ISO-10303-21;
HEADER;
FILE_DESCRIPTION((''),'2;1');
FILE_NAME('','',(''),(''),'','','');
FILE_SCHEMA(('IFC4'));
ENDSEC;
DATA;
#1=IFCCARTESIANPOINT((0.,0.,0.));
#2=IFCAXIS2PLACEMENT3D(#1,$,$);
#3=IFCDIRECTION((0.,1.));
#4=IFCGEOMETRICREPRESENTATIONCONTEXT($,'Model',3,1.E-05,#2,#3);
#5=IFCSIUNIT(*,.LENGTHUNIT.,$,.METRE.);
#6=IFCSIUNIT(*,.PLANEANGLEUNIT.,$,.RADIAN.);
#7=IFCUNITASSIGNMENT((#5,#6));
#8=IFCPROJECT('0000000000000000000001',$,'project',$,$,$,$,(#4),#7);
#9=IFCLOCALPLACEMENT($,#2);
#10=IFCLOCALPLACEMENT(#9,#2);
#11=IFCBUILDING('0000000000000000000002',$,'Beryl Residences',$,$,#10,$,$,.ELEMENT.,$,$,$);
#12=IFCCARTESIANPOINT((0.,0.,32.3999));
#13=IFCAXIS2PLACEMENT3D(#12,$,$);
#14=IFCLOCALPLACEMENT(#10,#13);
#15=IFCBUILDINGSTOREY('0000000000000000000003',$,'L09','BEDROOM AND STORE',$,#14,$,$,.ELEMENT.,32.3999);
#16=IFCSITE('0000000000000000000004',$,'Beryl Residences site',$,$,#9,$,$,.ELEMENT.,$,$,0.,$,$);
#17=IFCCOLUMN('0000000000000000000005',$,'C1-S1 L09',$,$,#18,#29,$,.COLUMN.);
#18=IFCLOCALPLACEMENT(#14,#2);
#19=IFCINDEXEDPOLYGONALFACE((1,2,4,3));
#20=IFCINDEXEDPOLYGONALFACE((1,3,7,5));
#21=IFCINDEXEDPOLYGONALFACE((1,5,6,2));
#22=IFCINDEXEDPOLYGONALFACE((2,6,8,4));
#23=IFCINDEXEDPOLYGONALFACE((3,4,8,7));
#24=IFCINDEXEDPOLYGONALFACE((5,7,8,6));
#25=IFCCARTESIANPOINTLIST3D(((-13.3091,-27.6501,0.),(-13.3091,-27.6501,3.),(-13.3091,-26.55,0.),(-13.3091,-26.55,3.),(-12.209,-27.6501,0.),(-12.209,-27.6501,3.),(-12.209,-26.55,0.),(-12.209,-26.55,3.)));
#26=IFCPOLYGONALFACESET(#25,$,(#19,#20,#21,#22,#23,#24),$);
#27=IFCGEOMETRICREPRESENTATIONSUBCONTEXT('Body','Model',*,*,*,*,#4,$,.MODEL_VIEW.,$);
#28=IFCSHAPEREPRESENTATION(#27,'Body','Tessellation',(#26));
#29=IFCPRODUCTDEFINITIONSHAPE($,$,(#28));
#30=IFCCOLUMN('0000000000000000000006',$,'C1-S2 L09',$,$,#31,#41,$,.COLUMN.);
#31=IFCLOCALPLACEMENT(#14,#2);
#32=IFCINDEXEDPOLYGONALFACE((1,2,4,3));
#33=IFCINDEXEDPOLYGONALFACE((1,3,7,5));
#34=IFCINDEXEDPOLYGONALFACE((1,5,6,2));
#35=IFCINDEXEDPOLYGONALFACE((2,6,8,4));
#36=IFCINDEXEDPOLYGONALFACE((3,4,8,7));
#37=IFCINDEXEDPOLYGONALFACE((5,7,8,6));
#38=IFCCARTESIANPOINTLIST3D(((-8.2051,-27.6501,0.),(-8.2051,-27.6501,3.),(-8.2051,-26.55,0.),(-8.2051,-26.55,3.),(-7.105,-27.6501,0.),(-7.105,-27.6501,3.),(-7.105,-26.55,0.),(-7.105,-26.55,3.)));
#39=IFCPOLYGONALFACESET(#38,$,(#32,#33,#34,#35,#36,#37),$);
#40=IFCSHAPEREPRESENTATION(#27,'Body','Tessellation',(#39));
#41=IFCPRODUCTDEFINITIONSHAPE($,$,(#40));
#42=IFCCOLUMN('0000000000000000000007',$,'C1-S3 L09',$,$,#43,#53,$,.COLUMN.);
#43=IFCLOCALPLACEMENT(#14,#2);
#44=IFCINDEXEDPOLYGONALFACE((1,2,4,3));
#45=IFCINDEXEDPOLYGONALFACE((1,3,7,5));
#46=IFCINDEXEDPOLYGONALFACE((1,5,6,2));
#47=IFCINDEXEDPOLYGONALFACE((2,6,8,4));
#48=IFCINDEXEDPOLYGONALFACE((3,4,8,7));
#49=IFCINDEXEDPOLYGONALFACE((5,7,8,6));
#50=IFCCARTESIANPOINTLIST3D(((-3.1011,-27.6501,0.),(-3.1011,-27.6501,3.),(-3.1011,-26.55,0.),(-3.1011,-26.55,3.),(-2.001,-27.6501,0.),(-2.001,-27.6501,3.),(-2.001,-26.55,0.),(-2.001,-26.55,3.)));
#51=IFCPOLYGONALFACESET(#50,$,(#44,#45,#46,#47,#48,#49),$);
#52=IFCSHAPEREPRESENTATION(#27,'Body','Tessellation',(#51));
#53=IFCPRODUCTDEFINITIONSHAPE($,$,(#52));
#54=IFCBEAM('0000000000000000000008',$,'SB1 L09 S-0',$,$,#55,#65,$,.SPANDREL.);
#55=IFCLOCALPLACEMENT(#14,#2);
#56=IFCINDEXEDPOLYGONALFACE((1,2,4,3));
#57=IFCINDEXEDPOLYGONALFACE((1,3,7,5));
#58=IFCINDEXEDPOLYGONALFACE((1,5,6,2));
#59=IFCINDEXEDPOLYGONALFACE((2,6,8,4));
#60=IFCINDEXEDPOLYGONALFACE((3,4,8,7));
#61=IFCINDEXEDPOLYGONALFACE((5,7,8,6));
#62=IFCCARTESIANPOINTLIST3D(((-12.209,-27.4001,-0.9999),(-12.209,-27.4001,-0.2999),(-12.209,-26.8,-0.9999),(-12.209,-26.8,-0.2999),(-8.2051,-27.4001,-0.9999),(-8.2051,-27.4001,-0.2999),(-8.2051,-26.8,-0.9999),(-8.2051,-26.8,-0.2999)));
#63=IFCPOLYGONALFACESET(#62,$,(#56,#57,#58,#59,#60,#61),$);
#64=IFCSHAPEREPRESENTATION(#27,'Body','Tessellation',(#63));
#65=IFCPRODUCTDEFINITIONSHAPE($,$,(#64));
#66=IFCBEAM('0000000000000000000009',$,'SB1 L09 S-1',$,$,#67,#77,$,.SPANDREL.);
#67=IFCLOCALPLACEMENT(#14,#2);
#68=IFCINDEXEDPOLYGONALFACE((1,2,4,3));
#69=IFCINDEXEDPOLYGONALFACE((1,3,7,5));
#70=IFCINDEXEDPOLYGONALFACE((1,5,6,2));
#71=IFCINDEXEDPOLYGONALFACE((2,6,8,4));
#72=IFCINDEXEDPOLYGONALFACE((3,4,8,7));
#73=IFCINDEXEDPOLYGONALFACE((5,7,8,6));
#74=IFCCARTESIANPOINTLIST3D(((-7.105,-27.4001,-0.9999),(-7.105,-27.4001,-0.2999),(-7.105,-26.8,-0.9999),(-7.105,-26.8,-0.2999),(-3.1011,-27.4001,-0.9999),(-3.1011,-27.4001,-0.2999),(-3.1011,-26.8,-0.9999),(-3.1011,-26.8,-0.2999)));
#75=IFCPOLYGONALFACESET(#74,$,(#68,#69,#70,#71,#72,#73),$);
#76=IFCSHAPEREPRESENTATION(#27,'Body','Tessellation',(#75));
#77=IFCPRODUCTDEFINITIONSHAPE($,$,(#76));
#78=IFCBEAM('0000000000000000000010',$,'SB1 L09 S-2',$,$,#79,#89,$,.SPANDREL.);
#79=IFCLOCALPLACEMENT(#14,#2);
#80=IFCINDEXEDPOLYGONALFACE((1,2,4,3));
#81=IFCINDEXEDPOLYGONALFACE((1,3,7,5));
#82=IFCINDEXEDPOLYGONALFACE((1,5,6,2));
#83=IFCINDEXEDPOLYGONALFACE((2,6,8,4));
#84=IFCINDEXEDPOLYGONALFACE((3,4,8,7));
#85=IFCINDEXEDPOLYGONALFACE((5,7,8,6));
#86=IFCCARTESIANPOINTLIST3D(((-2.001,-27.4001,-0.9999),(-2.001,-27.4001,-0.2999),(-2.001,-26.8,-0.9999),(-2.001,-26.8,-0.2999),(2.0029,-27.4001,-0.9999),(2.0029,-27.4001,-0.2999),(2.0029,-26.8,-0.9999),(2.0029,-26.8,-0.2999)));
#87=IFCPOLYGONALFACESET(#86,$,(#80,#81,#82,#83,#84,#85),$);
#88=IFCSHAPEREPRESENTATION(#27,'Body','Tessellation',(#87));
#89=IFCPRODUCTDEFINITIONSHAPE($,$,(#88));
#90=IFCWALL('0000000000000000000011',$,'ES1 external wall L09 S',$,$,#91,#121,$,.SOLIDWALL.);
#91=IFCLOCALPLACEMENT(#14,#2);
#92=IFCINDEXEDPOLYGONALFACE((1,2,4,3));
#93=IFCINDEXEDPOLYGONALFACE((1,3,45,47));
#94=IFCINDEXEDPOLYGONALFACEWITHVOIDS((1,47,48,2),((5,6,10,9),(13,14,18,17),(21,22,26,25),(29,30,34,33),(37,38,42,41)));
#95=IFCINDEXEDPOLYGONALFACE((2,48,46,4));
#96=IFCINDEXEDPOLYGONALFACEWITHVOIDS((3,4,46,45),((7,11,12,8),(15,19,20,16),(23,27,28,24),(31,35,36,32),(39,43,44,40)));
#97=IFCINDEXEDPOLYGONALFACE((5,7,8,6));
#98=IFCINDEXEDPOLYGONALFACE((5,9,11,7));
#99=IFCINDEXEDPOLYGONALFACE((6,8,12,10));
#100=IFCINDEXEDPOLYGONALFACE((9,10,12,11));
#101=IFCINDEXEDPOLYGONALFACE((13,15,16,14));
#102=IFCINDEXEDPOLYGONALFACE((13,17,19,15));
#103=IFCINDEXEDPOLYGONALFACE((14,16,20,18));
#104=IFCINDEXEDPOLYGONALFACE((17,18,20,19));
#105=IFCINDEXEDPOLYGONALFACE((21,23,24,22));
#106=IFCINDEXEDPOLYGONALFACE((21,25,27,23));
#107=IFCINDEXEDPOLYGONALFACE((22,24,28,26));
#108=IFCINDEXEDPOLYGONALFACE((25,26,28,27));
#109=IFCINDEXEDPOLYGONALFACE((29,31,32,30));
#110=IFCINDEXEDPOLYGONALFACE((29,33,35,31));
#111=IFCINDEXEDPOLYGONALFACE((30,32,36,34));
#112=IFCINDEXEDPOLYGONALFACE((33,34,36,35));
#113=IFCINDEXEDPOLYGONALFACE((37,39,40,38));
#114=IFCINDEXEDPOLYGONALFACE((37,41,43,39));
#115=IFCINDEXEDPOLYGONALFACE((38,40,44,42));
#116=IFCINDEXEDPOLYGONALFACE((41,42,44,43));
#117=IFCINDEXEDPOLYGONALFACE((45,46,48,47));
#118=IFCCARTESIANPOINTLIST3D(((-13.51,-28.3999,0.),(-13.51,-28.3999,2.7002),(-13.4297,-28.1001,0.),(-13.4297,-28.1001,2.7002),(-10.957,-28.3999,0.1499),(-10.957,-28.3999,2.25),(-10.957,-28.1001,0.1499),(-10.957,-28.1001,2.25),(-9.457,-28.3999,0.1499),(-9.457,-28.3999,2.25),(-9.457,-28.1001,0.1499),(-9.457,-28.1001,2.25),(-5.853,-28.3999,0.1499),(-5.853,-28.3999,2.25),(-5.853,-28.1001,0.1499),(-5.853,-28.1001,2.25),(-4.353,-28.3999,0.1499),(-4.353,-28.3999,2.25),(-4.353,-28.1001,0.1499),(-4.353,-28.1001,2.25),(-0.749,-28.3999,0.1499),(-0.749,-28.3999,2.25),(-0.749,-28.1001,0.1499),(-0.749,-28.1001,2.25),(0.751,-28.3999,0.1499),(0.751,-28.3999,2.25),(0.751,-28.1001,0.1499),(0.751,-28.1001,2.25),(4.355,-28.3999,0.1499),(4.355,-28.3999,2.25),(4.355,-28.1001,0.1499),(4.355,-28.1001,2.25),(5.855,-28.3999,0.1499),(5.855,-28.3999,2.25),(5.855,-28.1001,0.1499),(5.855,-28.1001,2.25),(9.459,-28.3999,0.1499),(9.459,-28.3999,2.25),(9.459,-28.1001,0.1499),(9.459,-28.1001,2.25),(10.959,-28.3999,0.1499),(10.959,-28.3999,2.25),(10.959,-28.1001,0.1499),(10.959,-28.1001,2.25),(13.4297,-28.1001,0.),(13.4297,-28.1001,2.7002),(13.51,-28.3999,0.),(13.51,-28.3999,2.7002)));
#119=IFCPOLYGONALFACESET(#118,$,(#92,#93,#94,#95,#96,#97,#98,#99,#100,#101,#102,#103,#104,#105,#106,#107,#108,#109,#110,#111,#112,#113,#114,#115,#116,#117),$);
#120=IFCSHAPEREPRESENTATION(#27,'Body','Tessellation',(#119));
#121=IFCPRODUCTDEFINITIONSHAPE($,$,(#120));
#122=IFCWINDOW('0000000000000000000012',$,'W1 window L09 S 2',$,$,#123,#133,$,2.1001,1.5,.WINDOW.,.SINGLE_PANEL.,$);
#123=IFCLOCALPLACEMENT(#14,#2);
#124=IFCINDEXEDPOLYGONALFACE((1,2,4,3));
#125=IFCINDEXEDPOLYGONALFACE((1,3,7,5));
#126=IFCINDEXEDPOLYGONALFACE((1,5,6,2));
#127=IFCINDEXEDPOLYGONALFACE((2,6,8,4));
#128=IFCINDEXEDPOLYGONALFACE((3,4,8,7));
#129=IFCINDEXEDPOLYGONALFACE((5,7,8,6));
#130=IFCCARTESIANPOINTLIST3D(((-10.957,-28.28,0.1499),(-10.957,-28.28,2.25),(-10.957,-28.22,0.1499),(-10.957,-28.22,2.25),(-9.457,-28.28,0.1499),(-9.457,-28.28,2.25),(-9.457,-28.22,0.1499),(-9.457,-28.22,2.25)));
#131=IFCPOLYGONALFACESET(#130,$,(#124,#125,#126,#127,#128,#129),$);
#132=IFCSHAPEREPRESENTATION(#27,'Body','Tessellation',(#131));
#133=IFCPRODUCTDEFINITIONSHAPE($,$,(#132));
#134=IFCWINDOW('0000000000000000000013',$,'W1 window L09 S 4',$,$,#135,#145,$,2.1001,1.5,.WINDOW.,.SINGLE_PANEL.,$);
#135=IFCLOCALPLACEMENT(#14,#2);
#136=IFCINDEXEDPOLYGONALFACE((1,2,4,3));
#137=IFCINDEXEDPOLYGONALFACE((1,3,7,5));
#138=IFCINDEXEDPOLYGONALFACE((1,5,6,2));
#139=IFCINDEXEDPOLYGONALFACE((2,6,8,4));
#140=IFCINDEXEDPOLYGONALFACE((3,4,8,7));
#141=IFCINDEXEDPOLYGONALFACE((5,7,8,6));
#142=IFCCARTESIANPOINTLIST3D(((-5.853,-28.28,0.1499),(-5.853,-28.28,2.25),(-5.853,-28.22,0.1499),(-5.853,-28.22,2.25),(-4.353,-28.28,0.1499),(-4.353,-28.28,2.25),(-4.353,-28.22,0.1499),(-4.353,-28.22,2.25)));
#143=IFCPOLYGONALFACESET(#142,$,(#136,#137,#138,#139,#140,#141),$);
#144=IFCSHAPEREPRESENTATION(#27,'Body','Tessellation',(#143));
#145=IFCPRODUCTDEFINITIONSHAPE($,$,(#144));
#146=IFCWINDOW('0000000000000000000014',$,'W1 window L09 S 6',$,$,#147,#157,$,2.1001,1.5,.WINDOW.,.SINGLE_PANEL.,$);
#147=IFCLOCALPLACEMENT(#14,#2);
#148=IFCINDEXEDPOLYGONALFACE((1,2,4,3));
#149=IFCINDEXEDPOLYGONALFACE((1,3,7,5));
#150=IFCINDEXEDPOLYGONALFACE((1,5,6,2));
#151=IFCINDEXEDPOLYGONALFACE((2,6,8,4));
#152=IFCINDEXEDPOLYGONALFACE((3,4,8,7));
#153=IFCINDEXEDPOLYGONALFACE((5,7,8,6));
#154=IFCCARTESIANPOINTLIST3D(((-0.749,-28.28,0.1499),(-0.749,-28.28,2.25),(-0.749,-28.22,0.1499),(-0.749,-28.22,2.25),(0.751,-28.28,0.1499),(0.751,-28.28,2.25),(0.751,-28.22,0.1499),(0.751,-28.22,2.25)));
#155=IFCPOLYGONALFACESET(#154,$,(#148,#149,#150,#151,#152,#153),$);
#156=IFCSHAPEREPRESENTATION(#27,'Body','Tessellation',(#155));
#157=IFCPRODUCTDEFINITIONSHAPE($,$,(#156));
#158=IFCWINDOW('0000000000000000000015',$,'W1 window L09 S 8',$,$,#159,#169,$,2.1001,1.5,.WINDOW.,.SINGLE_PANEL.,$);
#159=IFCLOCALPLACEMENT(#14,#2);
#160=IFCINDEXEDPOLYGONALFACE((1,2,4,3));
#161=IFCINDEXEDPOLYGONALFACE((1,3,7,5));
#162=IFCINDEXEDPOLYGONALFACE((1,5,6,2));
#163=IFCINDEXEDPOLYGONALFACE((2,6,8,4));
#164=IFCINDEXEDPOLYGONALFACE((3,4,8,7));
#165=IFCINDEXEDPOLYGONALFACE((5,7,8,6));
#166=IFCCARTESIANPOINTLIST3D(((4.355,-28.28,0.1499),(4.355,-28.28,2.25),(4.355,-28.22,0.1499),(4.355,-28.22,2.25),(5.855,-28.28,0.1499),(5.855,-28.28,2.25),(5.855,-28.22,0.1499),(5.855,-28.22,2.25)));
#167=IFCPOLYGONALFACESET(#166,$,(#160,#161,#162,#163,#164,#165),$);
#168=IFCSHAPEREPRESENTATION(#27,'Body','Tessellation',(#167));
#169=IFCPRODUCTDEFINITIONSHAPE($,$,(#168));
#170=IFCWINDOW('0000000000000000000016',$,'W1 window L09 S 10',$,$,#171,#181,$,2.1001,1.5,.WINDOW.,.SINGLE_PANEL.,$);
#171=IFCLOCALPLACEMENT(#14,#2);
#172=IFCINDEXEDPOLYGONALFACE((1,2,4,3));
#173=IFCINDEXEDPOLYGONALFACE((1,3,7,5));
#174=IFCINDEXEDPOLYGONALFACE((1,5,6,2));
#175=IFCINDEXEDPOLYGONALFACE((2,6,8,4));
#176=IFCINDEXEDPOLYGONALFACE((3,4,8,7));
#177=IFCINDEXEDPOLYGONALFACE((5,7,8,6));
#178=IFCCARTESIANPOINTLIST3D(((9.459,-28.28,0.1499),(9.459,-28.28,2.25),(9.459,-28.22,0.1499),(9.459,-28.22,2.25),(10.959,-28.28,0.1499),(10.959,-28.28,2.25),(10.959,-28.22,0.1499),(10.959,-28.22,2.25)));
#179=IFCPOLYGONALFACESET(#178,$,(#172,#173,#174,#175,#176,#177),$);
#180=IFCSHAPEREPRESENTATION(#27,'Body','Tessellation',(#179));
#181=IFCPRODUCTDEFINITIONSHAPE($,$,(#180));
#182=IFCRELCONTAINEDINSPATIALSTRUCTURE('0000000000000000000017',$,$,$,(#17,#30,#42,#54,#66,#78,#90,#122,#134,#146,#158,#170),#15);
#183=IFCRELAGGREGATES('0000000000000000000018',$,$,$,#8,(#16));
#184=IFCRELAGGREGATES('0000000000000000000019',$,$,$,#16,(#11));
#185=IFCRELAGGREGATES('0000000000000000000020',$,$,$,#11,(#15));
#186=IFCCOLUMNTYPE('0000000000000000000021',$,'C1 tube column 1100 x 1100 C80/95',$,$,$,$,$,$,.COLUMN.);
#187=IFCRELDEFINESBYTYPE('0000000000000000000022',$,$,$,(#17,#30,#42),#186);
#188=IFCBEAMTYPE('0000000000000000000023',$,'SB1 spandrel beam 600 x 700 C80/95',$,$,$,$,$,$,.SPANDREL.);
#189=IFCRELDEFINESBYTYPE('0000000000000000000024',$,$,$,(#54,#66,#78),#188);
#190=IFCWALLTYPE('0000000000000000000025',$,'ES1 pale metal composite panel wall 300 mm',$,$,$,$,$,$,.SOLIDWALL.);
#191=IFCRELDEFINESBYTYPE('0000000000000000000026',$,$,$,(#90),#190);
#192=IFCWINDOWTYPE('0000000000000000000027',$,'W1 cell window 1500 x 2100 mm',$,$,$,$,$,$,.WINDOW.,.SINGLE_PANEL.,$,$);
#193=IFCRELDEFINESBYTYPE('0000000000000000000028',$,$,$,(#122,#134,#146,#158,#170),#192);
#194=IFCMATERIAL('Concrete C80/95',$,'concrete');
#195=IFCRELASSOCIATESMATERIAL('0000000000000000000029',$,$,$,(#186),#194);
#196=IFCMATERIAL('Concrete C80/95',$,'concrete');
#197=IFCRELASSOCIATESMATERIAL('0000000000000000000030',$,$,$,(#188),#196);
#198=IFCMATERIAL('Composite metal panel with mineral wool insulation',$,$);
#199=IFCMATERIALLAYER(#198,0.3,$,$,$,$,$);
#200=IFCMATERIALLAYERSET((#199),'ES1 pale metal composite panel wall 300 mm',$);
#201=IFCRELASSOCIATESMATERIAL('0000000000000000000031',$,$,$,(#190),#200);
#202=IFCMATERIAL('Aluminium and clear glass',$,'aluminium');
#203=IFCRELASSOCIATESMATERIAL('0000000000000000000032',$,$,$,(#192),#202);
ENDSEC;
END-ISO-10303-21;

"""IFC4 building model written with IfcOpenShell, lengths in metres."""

from ifc_helpers import new_model, si_unit, direction, frame, frame_2d, origin, origin_2d, place, context, subcontext, project, spatial, polyline, rectangle, outline, extrude, material, layer, layer_set, material_profile, profile_set, type_object, element, fill, save


model = new_model("IFC4")

# Units and contexts
model_context = context("Model", 3, precision=1e-05, world=origin(), true_north=direction((0.0, 1.0)))
body_context = subcontext(model_context, "Body", "Model", "MODEL_VIEW")
ifc_project = project(units=[si_unit("LENGTHUNIT", "METRE"), si_unit("PLANEANGLEUNIT", "RADIAN")], contexts=[model_context])

# Site, building, storey
site_placement = place(None, origin())
site = spatial("IfcSite", under=ifc_project, at=site_placement, Name="Beryl Residences site", CompositionType="ELEMENT", RefElevation=0.0)
building_placement = place(site_placement, origin())
building = spatial("IfcBuilding", under=site, at=building_placement, Name="Beryl Residences", CompositionType="ELEMENT")
storey_placement = place(building_placement, frame((0.0, 0.0, 32.3999)))
storey = spatial("IfcBuildingStorey", under=building, at=storey_placement, Name="L09", Description="BEDROOM AND STORE", CompositionType="ELEMENT", Elevation=32.3999)

# Columns
ifc_material_1 = material(Name="Concrete C80/95", Category="concrete")
ifc_material_profile_1 = material_profile(ifc_material_1, rectangle(XDim=1.1001, YDim=1.1001, at=origin_2d()))
ifc_profile_set_1 = profile_set([ifc_material_profile_1], Name="Concrete C80/95")
column_type = type_object("IfcColumnType", Name="C1 tube column 1100 x 1100 C80/95", PredefinedType="COLUMN", material=ifc_profile_set_1)
for number, where, z_axis, x_axis, name in (
    (1, (-12.759, -27.1001, 0.0), (0.0, 0.0, 1.0), (1.0, 0.0, 0.0), "C1-S1 L09"),
    (2, (-7.655, -27.1001, 0.0), (0.0, 0.0, 1.0), (1.0, 0.0, 0.0), "C1-S2 L09"),
    (3, (-2.551, -27.1001, 0.0), (0.0, 0.0, 1.0), (1.0, 0.0, 0.0), "C1-S3 L09"),
):
    element("IfcColumn", number, at=place(storey_placement, frame(where, z_axis=z_axis, x_axis=x_axis)), inside=storey, type_object=column_type, Name=name, PredefinedType="COLUMN", context=body_context, shape_type="SweptSolid", body=[
        extrude(rectangle(XDim=1.1001, YDim=1.1001, at=origin_2d()), origin(), (0.0, 0.0, 1.0), 3.0),
    ])

# Beams
ifc_material_2 = material(Name="Concrete C80/95", Category="concrete")
ifc_material_profile_2 = material_profile(ifc_material_2, rectangle(XDim=0.6001, YDim=0.7, at=origin_2d()))
ifc_profile_set_2 = profile_set([ifc_material_profile_2], Name="Concrete C80/95")
beam_type = type_object("IfcBeamType", Name="SB1 spandrel beam 600 x 700 C80/95", PredefinedType="SPANDREL", material=ifc_profile_set_2)
for number, where, z_axis, x_axis, name in (
    (4, (-12.209, -27.1001, -0.6499), (1.0, 0.0, 0.0), (0.0, 1.0, 0.0), "SB1 L09 S-0"),
    (5, (-7.105, -27.1001, -0.6499), (1.0, 0.0, 0.0), (0.0, 1.0, 0.0), "SB1 L09 S-1"),
    (6, (-2.001, -27.1001, -0.6499), (1.0, 0.0, 0.0), (0.0, 1.0, 0.0), "SB1 L09 S-2"),
):
    element("IfcBeam", number, at=place(storey_placement, frame(where, z_axis=z_axis, x_axis=x_axis)), inside=storey, type_object=beam_type, Name=name, PredefinedType="SPANDREL", context=body_context, shape_type="SweptSolid", body=[
        extrude(rectangle(XDim=0.6001, YDim=0.7, at=origin_2d()), origin(), (0.0, 0.0, 1.0), 4.0039),
    ])

# Wall, openings, windows
ifc_material_3 = material(Name="Composite metal panel with mineral wool insulation")
ifc_layer_1 = layer(ifc_material_3, 0.3)
ifc_layer_set_1 = layer_set([ifc_layer_1], Name="ES1 pale metal composite panel wall 300 mm")
wall_type_1 = type_object("IfcWallType", Name="ES1 pale metal composite panel wall 300 mm", PredefinedType="SOLIDWALL", material=ifc_layer_set_1)
wall_1_placement = place(storey_placement, frame((-13.51, -28.25, 0.0), z_axis=(0.0, 0.0, 1.0), x_axis=(1.0, 0.0, 0.0)))
wall_1 = element("IfcWall", 7, at=wall_1_placement, inside=storey, type_object=wall_type_1, Name="ES1 external wall L09 S", PredefinedType="SOLIDWALL", context=body_context, shape_type="SweptSolid", body=[
    extrude(outline(polyline([(0.0, -0.1499), (27.02, -0.1499), (26.9397, 0.1499), (0.0803, 0.1499), (0.0, -0.1499)])), origin(), (0.0, 0.0, 1.0), 2.7002),
])
opening_1_placement = place(wall_1_placement, frame((2.553, 0.0, 0.1499)))
opening_1 = element("IfcOpeningElement", 8, at=opening_1_placement, cuts=wall_1, PredefinedType="OPENING", context=body_context, shape_type="SweptSolid", body=[
    extrude(rectangle(XDim=1.5, YDim=2.1001, at=frame_2d((0.75, 1.05))), frame((0.0, 0.1599, 0.0), z_axis=(0.0, -1.0, 0.0), x_axis=(1.0, 0.0, 0.0)), (0.0, 0.0, 1.0), 0.3201),
])
opening_2_placement = place(wall_1_placement, frame((7.657, 0.0, 0.1499)))
opening_2 = element("IfcOpeningElement", 9, at=opening_2_placement, cuts=wall_1, PredefinedType="OPENING", context=body_context, shape_type="SweptSolid", body=[
    extrude(rectangle(XDim=1.5, YDim=2.1001, at=frame_2d((0.75, 1.05))), frame((0.0, 0.1599, 0.0), z_axis=(0.0, -1.0, 0.0), x_axis=(1.0, 0.0, 0.0)), (0.0, 0.0, 1.0), 0.3201),
])
opening_3_placement = place(wall_1_placement, frame((12.761, 0.0, 0.1499)))
opening_3 = element("IfcOpeningElement", 10, at=opening_3_placement, cuts=wall_1, PredefinedType="OPENING", context=body_context, shape_type="SweptSolid", body=[
    extrude(rectangle(XDim=1.5, YDim=2.1001, at=frame_2d((0.75, 1.05))), frame((0.0, 0.1599, 0.0), z_axis=(0.0, -1.0, 0.0), x_axis=(1.0, 0.0, 0.0)), (0.0, 0.0, 1.0), 0.3201),
])
opening_4_placement = place(wall_1_placement, frame((17.865, 0.0, 0.1499)))
opening_4 = element("IfcOpeningElement", 11, at=opening_4_placement, cuts=wall_1, PredefinedType="OPENING", context=body_context, shape_type="SweptSolid", body=[
    extrude(rectangle(XDim=1.5, YDim=2.1001, at=frame_2d((0.75, 1.05))), frame((0.0, 0.1599, 0.0), z_axis=(0.0, -1.0, 0.0), x_axis=(1.0, 0.0, 0.0)), (0.0, 0.0, 1.0), 0.3201),
])
opening_5_placement = place(wall_1_placement, frame((22.969, 0.0, 0.1499)))
opening_5 = element("IfcOpeningElement", 12, at=opening_5_placement, cuts=wall_1, PredefinedType="OPENING", context=body_context, shape_type="SweptSolid", body=[
    extrude(rectangle(XDim=1.5, YDim=2.1001, at=frame_2d((0.75, 1.05))), frame((0.0, 0.1599, 0.0), z_axis=(0.0, -1.0, 0.0), x_axis=(1.0, 0.0, 0.0)), (0.0, 0.0, 1.0), 0.3201),
])
ifc_material_4 = material(Name="Aluminium and clear glass", Category="aluminium")
window_type = type_object("IfcWindowType", Name="W1 cell window 1500 x 2100 mm", PartitioningType="SINGLE_PANEL", PredefinedType="WINDOW", material=ifc_material_4)
window_1_placement = place(opening_1_placement, origin())
window_1 = element("IfcWindow", 13, at=window_1_placement, inside=storey, type_object=window_type, Name="W1 window L09 S 2", OverallHeight=2.1001, OverallWidth=1.5, PartitioningType="SINGLE_PANEL", PredefinedType="WINDOW", context=body_context, shape_type="SweptSolid", body=[
    extrude(rectangle(XDim=1.5, YDim=2.1001, at=frame_2d((0.75, 1.05))), frame((0.0, 0.03, 0.0), z_axis=(0.0, -1.0, 0.0), x_axis=(1.0, 0.0, 0.0)), (0.0, 0.0, 1.0), 0.0601),
])
fill(opening_1, window_1)
window_2_placement = place(opening_2_placement, origin())
window_2 = element("IfcWindow", 14, at=window_2_placement, inside=storey, type_object=window_type, Name="W1 window L09 S 4", OverallHeight=2.1001, OverallWidth=1.5, PartitioningType="SINGLE_PANEL", PredefinedType="WINDOW", context=body_context, shape_type="SweptSolid", body=[
    extrude(rectangle(XDim=1.5, YDim=2.1001, at=frame_2d((0.75, 1.05))), frame((0.0, 0.03, 0.0), z_axis=(0.0, -1.0, 0.0), x_axis=(1.0, 0.0, 0.0)), (0.0, 0.0, 1.0), 0.0601),
])
fill(opening_2, window_2)
window_3_placement = place(opening_3_placement, origin())
window_3 = element("IfcWindow", 15, at=window_3_placement, inside=storey, type_object=window_type, Name="W1 window L09 S 6", OverallHeight=2.1001, OverallWidth=1.5, PartitioningType="SINGLE_PANEL", PredefinedType="WINDOW", context=body_context, shape_type="SweptSolid", body=[
    extrude(rectangle(XDim=1.5, YDim=2.1001, at=frame_2d((0.75, 1.05))), frame((0.0, 0.03, 0.0), z_axis=(0.0, -1.0, 0.0), x_axis=(1.0, 0.0, 0.0)), (0.0, 0.0, 1.0), 0.0601),
])
fill(opening_3, window_3)
window_4_placement = place(opening_4_placement, origin())
window_4 = element("IfcWindow", 16, at=window_4_placement, inside=storey, type_object=window_type, Name="W1 window L09 S 8", OverallHeight=2.1001, OverallWidth=1.5, PartitioningType="SINGLE_PANEL", PredefinedType="WINDOW", context=body_context, shape_type="SweptSolid", body=[
    extrude(rectangle(XDim=1.5, YDim=2.1001, at=frame_2d((0.75, 1.05))), frame((0.0, 0.03, 0.0), z_axis=(0.0, -1.0, 0.0), x_axis=(1.0, 0.0, 0.0)), (0.0, 0.0, 1.0), 0.0601),
])
fill(opening_4, window_4)
window_5_placement = place(opening_5_placement, origin())
window_5 = element("IfcWindow", 17, at=window_5_placement, inside=storey, type_object=window_type, Name="W1 window L09 S 10", OverallHeight=2.1001, OverallWidth=1.5, PartitioningType="SINGLE_PANEL", PredefinedType="WINDOW", context=body_context, shape_type="SweptSolid", body=[
    extrude(rectangle(XDim=1.5, YDim=2.1001, at=frame_2d((0.75, 1.05))), frame((0.0, 0.03, 0.0), z_axis=(0.0, -1.0, 0.0), x_axis=(1.0, 0.0, 0.0)), (0.0, 0.0, 1.0), 0.0601),
])
fill(opening_5, window_5)

save(model, "model.ifc")
